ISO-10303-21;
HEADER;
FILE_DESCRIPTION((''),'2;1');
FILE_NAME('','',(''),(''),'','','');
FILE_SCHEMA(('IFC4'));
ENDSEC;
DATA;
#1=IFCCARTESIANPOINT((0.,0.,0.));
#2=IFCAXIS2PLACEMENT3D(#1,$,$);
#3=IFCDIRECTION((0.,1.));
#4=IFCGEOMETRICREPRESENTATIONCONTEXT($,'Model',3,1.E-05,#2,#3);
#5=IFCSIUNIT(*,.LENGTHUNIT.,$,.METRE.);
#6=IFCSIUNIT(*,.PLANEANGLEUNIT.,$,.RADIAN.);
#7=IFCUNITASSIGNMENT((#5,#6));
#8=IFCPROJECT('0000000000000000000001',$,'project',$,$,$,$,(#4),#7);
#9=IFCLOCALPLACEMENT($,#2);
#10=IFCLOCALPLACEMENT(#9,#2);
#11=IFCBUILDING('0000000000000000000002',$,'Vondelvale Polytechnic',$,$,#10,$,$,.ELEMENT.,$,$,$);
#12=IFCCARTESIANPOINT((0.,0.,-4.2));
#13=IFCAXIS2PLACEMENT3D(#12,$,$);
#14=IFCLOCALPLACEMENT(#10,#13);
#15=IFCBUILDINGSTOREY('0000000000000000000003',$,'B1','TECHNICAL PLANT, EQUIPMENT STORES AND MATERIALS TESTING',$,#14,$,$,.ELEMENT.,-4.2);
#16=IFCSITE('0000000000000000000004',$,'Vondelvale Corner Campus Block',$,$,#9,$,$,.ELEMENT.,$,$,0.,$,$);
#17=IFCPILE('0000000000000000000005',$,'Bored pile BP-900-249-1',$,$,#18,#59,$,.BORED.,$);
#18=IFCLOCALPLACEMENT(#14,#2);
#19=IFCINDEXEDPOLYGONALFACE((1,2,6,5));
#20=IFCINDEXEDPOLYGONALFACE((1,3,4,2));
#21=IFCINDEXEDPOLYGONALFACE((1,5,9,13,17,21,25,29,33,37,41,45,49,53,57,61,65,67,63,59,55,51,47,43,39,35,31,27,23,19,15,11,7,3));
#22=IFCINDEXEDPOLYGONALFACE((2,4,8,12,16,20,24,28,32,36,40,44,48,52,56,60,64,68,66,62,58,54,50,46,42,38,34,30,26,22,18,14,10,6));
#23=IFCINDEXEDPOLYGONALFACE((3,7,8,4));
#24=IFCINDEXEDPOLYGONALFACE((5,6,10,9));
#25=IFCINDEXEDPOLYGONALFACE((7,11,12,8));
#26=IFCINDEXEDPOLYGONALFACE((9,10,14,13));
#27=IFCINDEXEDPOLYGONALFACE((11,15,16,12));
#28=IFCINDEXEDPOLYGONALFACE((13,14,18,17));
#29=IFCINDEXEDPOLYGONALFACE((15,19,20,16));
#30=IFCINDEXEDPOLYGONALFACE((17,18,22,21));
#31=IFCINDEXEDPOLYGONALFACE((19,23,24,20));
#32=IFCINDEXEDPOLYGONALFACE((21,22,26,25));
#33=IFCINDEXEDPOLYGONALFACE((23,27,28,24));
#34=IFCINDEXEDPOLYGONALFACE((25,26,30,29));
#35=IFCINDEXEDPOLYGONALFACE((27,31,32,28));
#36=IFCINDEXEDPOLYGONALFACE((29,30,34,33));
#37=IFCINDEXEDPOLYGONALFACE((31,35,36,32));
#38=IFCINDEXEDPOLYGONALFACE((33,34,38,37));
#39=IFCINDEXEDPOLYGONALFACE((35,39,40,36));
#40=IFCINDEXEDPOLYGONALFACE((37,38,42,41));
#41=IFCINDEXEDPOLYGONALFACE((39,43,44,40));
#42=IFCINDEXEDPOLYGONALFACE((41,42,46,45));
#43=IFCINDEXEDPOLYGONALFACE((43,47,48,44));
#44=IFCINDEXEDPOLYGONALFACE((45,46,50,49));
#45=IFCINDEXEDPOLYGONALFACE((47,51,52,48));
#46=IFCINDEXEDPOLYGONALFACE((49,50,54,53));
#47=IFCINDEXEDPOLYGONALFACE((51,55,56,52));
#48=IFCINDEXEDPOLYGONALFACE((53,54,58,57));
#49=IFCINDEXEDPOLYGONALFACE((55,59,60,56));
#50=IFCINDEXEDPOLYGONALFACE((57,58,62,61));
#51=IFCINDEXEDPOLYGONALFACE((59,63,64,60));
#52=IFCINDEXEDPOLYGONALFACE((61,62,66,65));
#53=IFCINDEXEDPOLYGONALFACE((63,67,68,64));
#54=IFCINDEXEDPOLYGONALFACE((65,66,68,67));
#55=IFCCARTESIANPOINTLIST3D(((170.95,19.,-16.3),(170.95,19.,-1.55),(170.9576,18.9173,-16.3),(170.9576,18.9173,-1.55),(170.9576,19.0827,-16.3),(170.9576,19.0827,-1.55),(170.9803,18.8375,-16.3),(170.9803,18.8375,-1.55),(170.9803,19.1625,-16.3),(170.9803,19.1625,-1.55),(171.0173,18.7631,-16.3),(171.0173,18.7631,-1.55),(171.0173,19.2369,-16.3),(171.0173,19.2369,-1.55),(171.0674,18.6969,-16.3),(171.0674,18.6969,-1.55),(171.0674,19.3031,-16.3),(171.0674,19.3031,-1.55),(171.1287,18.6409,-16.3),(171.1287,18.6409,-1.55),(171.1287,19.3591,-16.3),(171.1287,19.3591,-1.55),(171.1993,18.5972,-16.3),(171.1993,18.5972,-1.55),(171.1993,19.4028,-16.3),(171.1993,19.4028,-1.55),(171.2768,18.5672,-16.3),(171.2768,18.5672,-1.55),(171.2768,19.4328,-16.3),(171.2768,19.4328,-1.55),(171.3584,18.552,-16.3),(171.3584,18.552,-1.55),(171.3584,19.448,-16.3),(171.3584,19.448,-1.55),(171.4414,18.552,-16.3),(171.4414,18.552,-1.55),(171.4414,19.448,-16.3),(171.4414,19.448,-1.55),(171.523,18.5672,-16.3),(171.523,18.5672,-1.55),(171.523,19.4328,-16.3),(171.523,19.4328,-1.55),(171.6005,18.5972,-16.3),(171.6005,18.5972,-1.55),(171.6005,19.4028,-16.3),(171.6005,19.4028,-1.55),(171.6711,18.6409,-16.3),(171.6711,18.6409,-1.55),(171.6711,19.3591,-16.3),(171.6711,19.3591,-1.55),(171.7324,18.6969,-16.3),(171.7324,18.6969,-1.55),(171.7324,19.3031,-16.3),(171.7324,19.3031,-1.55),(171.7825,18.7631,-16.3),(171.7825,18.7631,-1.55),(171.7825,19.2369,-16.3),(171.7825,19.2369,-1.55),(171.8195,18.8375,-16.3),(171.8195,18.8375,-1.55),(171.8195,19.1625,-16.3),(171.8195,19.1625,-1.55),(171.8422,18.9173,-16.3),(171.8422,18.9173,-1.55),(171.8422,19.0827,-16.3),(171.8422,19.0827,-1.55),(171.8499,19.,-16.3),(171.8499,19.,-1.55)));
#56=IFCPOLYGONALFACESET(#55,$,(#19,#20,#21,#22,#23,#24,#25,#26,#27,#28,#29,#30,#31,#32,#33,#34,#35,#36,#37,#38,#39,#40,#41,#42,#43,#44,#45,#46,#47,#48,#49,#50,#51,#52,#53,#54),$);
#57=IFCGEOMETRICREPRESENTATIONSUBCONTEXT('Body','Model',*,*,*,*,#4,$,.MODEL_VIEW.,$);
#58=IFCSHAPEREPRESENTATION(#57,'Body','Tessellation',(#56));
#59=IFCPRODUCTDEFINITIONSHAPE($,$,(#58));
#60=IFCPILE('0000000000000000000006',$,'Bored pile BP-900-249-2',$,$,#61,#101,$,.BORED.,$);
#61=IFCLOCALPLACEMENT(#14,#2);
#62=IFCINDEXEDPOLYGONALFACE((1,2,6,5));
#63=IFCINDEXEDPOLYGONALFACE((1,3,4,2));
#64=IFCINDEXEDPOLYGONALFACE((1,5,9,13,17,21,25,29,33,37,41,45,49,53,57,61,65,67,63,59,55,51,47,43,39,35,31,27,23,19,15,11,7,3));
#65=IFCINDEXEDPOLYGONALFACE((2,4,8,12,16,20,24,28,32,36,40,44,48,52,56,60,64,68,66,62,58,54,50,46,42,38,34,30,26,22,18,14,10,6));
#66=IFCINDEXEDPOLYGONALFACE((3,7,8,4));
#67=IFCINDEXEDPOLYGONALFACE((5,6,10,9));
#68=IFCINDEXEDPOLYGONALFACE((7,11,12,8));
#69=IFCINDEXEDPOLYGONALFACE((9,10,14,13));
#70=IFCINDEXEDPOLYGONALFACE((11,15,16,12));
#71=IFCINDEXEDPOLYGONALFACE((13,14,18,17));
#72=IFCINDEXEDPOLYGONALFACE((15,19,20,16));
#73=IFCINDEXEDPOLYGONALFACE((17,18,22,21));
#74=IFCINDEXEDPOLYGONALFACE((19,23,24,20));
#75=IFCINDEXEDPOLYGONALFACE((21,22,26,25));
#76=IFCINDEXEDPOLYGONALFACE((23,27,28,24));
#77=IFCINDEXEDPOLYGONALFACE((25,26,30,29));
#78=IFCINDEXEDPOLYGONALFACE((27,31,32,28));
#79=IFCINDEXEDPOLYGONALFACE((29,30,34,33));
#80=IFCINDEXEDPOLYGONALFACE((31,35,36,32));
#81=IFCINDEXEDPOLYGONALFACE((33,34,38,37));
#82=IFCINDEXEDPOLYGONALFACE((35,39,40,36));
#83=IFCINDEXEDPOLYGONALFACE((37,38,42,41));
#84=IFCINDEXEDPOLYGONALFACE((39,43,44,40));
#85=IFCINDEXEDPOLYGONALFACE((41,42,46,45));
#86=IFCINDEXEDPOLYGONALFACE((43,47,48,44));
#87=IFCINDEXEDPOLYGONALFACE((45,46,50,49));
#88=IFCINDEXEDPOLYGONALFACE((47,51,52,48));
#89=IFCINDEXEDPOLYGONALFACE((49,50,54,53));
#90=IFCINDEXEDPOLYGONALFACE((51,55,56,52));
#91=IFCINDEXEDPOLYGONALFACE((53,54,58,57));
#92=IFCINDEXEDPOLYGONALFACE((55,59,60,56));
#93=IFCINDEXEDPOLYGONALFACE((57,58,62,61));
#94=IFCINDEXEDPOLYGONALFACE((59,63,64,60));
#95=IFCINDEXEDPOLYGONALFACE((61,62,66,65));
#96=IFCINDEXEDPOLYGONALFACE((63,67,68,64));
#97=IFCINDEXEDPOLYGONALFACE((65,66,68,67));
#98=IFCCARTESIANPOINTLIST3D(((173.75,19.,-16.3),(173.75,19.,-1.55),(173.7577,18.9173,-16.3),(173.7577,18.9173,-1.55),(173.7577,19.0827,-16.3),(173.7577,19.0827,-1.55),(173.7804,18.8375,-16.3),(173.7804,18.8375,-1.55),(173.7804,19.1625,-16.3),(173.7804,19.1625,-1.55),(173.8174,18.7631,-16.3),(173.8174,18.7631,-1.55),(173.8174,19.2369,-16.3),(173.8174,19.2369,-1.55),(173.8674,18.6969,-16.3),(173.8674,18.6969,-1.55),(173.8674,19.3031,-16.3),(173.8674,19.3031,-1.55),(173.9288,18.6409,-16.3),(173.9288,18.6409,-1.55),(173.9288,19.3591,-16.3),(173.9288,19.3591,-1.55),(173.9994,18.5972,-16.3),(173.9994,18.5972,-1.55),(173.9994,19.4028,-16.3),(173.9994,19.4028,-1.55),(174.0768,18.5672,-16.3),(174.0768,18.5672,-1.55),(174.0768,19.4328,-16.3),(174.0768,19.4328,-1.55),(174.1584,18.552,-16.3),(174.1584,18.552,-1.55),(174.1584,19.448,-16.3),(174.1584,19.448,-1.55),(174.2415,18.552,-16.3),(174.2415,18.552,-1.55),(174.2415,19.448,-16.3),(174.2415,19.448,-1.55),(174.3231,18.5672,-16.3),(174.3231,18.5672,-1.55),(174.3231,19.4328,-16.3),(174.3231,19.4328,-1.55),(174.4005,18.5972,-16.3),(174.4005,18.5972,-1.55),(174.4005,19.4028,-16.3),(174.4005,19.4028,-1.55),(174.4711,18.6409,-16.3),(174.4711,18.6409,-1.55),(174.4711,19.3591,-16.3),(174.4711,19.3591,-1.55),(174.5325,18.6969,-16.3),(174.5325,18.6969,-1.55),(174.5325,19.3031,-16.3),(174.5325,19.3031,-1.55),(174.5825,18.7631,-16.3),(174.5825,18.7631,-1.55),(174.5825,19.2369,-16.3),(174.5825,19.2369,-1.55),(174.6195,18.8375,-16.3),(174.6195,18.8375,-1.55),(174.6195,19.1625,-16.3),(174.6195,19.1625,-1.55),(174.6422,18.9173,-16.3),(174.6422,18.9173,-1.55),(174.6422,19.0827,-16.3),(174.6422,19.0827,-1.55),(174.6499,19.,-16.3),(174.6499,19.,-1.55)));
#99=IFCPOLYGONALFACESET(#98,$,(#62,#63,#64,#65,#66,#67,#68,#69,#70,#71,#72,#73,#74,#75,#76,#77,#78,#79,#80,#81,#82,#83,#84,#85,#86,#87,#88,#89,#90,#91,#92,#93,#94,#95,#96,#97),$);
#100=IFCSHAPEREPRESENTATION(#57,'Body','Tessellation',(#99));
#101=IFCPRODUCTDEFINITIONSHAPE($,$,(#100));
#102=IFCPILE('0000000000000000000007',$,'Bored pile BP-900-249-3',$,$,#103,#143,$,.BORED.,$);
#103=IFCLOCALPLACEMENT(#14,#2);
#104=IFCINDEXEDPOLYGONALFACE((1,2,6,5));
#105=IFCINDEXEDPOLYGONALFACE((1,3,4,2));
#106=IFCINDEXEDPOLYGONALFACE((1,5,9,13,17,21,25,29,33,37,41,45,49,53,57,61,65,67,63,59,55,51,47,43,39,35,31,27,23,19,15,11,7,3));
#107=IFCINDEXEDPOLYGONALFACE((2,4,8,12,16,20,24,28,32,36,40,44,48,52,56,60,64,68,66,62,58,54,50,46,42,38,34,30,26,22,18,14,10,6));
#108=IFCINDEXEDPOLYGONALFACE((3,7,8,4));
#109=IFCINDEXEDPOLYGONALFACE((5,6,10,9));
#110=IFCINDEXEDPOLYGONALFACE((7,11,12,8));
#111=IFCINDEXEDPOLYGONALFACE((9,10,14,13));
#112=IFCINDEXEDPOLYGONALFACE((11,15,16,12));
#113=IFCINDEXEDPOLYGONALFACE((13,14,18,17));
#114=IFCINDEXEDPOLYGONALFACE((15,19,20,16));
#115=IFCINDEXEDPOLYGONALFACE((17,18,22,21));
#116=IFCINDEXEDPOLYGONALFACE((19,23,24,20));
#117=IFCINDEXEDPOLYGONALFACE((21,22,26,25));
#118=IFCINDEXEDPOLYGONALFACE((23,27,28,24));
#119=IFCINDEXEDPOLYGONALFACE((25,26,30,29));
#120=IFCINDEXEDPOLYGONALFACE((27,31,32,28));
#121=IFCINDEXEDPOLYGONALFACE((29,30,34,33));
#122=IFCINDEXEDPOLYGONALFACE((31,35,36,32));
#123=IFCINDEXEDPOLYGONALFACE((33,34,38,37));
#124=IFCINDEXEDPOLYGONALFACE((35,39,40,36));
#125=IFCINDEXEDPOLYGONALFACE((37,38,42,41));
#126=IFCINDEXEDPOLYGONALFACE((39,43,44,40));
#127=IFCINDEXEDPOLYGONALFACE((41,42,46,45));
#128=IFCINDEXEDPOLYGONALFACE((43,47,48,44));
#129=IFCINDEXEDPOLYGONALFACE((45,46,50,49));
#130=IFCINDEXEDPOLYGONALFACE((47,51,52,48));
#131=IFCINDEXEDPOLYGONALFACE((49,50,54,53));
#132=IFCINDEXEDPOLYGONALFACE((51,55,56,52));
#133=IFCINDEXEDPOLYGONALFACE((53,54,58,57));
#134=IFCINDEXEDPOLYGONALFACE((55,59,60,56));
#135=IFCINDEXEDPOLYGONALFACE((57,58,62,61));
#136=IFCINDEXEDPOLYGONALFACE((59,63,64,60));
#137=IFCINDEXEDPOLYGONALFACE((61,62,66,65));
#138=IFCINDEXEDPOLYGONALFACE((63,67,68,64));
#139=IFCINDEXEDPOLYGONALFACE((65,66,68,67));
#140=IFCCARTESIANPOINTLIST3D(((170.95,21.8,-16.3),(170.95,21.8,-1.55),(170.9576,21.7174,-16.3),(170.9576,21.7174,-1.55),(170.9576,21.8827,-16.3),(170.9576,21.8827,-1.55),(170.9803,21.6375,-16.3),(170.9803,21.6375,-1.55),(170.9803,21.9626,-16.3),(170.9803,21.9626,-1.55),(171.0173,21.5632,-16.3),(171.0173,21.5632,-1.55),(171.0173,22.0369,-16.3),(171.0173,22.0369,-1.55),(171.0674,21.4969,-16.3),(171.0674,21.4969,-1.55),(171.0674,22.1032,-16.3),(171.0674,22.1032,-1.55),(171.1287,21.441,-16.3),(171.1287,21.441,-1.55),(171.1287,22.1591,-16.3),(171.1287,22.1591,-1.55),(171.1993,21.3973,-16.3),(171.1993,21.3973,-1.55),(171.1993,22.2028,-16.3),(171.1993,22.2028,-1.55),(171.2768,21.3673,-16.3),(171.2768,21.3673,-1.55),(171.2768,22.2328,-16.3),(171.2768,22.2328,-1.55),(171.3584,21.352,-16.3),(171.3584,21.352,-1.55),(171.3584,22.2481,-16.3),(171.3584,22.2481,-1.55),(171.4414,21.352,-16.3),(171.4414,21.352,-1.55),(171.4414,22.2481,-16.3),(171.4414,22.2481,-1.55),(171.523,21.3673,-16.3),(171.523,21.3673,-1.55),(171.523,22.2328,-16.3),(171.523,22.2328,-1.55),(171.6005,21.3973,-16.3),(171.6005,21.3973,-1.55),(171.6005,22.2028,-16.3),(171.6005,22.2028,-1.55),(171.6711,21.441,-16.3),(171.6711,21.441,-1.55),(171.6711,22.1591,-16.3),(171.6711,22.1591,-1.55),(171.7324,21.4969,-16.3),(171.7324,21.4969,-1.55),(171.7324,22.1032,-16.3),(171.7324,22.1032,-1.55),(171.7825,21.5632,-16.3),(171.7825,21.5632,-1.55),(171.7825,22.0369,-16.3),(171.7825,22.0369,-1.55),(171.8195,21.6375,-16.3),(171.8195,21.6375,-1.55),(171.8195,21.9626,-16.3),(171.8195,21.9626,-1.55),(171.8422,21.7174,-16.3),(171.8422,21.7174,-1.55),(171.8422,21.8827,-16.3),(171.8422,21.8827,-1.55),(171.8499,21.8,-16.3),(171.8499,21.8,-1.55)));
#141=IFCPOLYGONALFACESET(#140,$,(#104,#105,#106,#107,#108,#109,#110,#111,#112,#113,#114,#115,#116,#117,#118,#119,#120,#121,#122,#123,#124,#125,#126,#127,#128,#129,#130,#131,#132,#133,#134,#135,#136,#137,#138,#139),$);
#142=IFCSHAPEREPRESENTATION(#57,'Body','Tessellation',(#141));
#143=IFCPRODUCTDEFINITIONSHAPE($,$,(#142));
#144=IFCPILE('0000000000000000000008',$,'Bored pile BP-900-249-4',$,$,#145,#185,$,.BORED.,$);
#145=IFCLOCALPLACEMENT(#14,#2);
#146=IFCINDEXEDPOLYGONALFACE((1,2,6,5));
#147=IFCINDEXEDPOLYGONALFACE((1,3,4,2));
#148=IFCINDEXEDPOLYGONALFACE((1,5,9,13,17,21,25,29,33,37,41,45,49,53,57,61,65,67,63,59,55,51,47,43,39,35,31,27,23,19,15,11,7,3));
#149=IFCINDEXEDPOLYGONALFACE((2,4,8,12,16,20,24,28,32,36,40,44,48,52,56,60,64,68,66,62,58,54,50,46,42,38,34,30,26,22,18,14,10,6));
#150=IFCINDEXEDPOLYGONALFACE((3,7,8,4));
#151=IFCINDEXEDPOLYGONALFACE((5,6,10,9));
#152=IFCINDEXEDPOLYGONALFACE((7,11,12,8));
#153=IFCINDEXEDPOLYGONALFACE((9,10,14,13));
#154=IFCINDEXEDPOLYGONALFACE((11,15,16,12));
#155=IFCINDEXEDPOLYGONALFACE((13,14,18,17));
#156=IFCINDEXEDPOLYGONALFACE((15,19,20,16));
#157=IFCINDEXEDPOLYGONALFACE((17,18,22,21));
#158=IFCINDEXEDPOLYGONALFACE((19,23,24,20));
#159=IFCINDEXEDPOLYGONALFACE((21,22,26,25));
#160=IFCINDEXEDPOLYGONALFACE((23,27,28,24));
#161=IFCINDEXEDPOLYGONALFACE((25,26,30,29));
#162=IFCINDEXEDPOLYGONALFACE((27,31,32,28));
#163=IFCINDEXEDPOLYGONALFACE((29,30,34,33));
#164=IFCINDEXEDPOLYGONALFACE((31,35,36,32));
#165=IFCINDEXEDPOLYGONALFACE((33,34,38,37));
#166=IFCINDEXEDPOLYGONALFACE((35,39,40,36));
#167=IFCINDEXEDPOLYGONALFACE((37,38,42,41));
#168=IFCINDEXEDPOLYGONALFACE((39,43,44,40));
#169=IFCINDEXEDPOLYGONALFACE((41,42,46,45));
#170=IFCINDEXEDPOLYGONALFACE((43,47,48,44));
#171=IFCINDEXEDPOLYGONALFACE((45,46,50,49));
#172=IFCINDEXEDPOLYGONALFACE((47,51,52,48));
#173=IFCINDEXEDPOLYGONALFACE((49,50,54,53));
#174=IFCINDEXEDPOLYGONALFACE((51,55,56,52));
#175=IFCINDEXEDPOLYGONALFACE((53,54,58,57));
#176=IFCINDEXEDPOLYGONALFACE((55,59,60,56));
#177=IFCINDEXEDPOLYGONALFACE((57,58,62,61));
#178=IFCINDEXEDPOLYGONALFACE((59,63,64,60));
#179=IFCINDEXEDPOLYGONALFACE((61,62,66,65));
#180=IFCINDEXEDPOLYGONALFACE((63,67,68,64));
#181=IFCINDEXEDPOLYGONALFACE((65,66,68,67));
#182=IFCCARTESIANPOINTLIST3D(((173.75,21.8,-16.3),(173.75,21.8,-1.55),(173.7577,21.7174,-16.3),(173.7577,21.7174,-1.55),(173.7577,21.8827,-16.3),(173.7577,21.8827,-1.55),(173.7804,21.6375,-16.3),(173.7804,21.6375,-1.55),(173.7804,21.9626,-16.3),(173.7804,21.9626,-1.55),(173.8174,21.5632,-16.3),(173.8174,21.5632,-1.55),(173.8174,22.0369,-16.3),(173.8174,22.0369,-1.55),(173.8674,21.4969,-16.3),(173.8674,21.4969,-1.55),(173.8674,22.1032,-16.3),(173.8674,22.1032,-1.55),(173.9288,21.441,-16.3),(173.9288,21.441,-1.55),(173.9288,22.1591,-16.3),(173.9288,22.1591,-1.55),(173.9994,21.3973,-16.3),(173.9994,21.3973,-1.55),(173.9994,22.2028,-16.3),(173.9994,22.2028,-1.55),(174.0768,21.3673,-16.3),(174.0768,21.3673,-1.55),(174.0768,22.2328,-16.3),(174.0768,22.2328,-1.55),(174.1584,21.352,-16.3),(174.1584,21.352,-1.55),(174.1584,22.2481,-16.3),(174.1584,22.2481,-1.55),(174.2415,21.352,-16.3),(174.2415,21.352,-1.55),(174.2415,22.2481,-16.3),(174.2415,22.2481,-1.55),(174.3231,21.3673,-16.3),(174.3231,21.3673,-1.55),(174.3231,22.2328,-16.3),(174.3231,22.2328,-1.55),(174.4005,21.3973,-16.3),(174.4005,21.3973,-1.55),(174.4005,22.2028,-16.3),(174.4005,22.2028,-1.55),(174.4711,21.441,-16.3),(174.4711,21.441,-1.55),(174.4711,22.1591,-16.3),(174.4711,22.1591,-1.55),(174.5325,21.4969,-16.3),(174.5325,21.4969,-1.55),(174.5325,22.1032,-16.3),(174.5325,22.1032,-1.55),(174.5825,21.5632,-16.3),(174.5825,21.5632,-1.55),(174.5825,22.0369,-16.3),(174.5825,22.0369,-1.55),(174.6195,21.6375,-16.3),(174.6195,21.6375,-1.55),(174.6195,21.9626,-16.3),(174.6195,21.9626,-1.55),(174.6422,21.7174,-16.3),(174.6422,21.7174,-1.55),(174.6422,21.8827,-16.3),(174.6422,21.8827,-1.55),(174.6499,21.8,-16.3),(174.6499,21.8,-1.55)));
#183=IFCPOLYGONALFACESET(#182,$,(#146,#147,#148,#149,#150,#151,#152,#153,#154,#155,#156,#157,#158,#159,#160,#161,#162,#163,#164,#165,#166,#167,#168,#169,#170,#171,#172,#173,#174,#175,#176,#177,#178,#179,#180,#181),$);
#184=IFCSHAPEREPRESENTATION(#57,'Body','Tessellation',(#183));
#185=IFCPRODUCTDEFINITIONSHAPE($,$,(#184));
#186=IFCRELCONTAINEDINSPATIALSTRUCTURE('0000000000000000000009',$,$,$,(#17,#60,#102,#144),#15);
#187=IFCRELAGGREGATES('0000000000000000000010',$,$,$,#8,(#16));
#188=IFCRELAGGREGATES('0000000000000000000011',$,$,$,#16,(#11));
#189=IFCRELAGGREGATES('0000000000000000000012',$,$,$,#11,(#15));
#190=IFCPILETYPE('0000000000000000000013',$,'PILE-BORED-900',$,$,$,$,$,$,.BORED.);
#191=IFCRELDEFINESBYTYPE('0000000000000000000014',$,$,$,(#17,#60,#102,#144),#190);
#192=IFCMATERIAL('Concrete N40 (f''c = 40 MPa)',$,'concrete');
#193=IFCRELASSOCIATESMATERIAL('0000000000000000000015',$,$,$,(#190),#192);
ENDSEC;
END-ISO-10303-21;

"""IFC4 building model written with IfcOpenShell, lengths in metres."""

from ifc_helpers import new_model, si_unit, direction, frame, origin, origin_2d, place, context, subcontext, project, spatial, circle, extrude, material, material_profile, profile_set, type_object, element, save


model = new_model("IFC4")

# Units and contexts
model_context = context("Model", 3, precision=1e-05, world=origin(), true_north=direction((0.0, 1.0)))
body_context = subcontext(model_context, "Body", "Model", "MODEL_VIEW")
ifc_project = project(units=[si_unit("LENGTHUNIT", "METRE"), si_unit("PLANEANGLEUNIT", "RADIAN")], contexts=[model_context])

# Site, building, storey
site_placement = place(None, origin())
site = spatial("IfcSite", under=ifc_project, at=site_placement, Name="Vondelvale Corner Campus Block", CompositionType="ELEMENT", RefElevation=0.0)
building_placement = place(site_placement, origin())
building = spatial("IfcBuilding", under=site, at=building_placement, Name="Vondelvale Polytechnic", CompositionType="ELEMENT")
storey_placement = place(building_placement, frame((0.0, 0.0, -4.2)))
storey = spatial("IfcBuildingStorey", under=building, at=storey_placement, Name="B1", Description="TECHNICAL PLANT, EQUIPMENT STORES AND MATERIALS TESTING", CompositionType="ELEMENT", Elevation=-4.2)

# Shared definitions
ifc_material_1 = material(Name="Concrete N40 (f'c = 40 MPa)", Category="concrete")

# Piles
ifc_material_profile_1 = material_profile(ifc_material_1, circle(Radius=0.45, at=origin_2d()), Name="PILE-D900")
ifc_profile_set_1 = profile_set([ifc_material_profile_1], Name="Concrete N40 (f'c = 40 MPa)")
pile_type = type_object("IfcPileType", Name="PILE-BORED-900", PredefinedType="BORED", material=ifc_profile_set_1)
for number, where, z_axis, x_axis, name in (
    (1, (171.3999, 19.0, -1.55), (0.0, 0.0, -1.0), (1.0, 0.0, 0.0), "Bored pile BP-900-249-1"),
    (2, (174.2, 19.0, -1.55), (0.0, 0.0, -1.0), (1.0, 0.0, 0.0), "Bored pile BP-900-249-2"),
    (3, (171.3999, 21.8, -1.55), (0.0, 0.0, -1.0), (1.0, 0.0, 0.0), "Bored pile BP-900-249-3"),
    (4, (174.2, 21.8, -1.55), (0.0, 0.0, -1.0), (1.0, 0.0, 0.0), "Bored pile BP-900-249-4"),
):
    element("IfcPile", number, at=place(storey_placement, frame(where, z_axis=z_axis, x_axis=x_axis)), inside=storey, type_object=pile_type, Name=name, PredefinedType="BORED", context=body_context, shape_type="SweptSolid", body=[
        extrude(circle(Radius=0.45, at=origin_2d()), origin(), (0.0, 0.0, 1.0), 14.75),
    ])

save(model, "model.ifc")
